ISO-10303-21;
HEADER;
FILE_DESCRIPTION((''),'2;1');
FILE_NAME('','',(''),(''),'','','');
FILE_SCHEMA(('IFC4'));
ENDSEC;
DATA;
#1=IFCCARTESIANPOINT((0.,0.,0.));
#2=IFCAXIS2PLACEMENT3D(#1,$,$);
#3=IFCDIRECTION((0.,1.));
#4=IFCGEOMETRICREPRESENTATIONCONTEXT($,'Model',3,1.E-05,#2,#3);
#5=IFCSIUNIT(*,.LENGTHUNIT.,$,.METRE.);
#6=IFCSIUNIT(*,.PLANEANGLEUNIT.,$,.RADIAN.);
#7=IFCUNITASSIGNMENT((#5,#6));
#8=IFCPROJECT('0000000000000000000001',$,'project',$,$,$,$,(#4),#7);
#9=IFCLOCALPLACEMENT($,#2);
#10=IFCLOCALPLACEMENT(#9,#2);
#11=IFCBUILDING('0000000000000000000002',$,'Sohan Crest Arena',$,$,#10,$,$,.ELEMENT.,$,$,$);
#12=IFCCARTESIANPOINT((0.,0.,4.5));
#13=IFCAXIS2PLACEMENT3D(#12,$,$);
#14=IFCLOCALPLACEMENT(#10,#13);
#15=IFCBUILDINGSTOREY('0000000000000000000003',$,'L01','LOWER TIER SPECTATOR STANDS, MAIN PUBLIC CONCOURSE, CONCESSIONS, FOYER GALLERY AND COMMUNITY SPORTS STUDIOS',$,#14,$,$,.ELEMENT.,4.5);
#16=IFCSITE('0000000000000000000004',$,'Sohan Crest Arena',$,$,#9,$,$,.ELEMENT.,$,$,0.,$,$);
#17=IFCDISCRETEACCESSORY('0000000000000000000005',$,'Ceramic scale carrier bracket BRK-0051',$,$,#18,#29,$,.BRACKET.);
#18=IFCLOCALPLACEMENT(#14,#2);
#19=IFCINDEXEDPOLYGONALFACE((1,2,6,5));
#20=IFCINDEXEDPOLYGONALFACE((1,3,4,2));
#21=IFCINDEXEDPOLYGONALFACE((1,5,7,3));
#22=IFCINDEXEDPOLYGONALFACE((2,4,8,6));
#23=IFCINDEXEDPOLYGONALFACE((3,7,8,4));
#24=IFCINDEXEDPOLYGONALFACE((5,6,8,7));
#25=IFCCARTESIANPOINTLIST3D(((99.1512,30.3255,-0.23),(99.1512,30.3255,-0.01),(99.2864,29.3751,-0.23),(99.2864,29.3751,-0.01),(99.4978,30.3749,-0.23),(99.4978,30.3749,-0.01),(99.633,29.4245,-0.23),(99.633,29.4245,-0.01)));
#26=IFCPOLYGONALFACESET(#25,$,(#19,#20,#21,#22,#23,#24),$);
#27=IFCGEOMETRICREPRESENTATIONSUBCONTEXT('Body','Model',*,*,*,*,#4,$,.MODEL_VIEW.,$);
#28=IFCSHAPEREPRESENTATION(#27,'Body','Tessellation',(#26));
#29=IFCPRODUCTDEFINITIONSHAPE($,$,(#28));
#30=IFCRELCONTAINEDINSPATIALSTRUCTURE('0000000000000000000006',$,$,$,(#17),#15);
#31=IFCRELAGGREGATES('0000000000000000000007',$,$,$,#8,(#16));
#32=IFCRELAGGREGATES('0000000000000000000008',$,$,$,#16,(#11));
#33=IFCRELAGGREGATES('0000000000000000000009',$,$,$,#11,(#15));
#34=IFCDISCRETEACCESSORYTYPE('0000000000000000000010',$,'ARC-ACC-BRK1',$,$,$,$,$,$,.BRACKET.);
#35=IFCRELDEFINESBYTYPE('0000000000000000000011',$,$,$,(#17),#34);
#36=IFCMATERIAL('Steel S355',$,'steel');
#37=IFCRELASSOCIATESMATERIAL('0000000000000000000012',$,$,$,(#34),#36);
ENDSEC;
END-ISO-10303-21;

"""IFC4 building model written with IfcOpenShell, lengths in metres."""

from ifc_helpers import new_model, si_unit, direction, frame, origin, origin_2d, place, context, subcontext, project, spatial, rectangle, extrude, material, type_object, element, save


model = new_model("IFC4")

# Units and contexts
model_context = context("Model", 3, precision=1e-05, world=origin(), true_north=direction((0.0, 1.0)))
body_context = subcontext(model_context, "Body", "Model", "MODEL_VIEW")
ifc_project = project(units=[si_unit("LENGTHUNIT", "METRE"), si_unit("PLANEANGLEUNIT", "RADIAN")], contexts=[model_context])

# Site, building, storey
site_placement = place(None, origin())
site = spatial("IfcSite", under=ifc_project, at=site_placement, Name="Sohan Crest Arena", CompositionType="ELEMENT", RefElevation=0.0)
building_placement = place(site_placement, origin())
building = spatial("IfcBuilding", under=site, at=building_placement, Name="Sohan Crest Arena", CompositionType="ELEMENT")
storey_placement = place(building_placement, frame((0.0, 0.0, 4.5)))
storey = spatial("IfcBuildingStorey", under=building, at=storey_placement, Name="L01", Description="LOWER TIER SPECTATOR STANDS, MAIN PUBLIC CONCOURSE, CONCESSIONS, FOYER GALLERY AND COMMUNITY SPORTS STUDIOS", CompositionType="ELEMENT", Elevation=4.5)

# Shared definitions
ifc_material_1 = material(Name="Steel S355", Category="steel")

# Discrete accessory
discrete_accessory_type = type_object("IfcDiscreteAccessoryType", Name="ARC-ACC-BRK1", PredefinedType="BRACKET", material=ifc_material_1)
discrete_accessory_placement = place(storey_placement, frame((99.3921, 29.875, -0.23), z_axis=(0.0, 0.0, 1.0), x_axis=(0.990024, 0.140901, 0.0)))
element("IfcDiscreteAccessory", 1, at=discrete_accessory_placement, inside=storey, type_object=discrete_accessory_type, Name="Ceramic scale carrier bracket BRK-0051", PredefinedType="BRACKET", context=body_context, shape_type="SweptSolid", body=[
    extrude(rectangle(XDim=0.3501, YDim=0.96, at=origin_2d()), origin(), (0.0, 0.0, 1.0), 0.22),
])

save(model, "model.ifc")
